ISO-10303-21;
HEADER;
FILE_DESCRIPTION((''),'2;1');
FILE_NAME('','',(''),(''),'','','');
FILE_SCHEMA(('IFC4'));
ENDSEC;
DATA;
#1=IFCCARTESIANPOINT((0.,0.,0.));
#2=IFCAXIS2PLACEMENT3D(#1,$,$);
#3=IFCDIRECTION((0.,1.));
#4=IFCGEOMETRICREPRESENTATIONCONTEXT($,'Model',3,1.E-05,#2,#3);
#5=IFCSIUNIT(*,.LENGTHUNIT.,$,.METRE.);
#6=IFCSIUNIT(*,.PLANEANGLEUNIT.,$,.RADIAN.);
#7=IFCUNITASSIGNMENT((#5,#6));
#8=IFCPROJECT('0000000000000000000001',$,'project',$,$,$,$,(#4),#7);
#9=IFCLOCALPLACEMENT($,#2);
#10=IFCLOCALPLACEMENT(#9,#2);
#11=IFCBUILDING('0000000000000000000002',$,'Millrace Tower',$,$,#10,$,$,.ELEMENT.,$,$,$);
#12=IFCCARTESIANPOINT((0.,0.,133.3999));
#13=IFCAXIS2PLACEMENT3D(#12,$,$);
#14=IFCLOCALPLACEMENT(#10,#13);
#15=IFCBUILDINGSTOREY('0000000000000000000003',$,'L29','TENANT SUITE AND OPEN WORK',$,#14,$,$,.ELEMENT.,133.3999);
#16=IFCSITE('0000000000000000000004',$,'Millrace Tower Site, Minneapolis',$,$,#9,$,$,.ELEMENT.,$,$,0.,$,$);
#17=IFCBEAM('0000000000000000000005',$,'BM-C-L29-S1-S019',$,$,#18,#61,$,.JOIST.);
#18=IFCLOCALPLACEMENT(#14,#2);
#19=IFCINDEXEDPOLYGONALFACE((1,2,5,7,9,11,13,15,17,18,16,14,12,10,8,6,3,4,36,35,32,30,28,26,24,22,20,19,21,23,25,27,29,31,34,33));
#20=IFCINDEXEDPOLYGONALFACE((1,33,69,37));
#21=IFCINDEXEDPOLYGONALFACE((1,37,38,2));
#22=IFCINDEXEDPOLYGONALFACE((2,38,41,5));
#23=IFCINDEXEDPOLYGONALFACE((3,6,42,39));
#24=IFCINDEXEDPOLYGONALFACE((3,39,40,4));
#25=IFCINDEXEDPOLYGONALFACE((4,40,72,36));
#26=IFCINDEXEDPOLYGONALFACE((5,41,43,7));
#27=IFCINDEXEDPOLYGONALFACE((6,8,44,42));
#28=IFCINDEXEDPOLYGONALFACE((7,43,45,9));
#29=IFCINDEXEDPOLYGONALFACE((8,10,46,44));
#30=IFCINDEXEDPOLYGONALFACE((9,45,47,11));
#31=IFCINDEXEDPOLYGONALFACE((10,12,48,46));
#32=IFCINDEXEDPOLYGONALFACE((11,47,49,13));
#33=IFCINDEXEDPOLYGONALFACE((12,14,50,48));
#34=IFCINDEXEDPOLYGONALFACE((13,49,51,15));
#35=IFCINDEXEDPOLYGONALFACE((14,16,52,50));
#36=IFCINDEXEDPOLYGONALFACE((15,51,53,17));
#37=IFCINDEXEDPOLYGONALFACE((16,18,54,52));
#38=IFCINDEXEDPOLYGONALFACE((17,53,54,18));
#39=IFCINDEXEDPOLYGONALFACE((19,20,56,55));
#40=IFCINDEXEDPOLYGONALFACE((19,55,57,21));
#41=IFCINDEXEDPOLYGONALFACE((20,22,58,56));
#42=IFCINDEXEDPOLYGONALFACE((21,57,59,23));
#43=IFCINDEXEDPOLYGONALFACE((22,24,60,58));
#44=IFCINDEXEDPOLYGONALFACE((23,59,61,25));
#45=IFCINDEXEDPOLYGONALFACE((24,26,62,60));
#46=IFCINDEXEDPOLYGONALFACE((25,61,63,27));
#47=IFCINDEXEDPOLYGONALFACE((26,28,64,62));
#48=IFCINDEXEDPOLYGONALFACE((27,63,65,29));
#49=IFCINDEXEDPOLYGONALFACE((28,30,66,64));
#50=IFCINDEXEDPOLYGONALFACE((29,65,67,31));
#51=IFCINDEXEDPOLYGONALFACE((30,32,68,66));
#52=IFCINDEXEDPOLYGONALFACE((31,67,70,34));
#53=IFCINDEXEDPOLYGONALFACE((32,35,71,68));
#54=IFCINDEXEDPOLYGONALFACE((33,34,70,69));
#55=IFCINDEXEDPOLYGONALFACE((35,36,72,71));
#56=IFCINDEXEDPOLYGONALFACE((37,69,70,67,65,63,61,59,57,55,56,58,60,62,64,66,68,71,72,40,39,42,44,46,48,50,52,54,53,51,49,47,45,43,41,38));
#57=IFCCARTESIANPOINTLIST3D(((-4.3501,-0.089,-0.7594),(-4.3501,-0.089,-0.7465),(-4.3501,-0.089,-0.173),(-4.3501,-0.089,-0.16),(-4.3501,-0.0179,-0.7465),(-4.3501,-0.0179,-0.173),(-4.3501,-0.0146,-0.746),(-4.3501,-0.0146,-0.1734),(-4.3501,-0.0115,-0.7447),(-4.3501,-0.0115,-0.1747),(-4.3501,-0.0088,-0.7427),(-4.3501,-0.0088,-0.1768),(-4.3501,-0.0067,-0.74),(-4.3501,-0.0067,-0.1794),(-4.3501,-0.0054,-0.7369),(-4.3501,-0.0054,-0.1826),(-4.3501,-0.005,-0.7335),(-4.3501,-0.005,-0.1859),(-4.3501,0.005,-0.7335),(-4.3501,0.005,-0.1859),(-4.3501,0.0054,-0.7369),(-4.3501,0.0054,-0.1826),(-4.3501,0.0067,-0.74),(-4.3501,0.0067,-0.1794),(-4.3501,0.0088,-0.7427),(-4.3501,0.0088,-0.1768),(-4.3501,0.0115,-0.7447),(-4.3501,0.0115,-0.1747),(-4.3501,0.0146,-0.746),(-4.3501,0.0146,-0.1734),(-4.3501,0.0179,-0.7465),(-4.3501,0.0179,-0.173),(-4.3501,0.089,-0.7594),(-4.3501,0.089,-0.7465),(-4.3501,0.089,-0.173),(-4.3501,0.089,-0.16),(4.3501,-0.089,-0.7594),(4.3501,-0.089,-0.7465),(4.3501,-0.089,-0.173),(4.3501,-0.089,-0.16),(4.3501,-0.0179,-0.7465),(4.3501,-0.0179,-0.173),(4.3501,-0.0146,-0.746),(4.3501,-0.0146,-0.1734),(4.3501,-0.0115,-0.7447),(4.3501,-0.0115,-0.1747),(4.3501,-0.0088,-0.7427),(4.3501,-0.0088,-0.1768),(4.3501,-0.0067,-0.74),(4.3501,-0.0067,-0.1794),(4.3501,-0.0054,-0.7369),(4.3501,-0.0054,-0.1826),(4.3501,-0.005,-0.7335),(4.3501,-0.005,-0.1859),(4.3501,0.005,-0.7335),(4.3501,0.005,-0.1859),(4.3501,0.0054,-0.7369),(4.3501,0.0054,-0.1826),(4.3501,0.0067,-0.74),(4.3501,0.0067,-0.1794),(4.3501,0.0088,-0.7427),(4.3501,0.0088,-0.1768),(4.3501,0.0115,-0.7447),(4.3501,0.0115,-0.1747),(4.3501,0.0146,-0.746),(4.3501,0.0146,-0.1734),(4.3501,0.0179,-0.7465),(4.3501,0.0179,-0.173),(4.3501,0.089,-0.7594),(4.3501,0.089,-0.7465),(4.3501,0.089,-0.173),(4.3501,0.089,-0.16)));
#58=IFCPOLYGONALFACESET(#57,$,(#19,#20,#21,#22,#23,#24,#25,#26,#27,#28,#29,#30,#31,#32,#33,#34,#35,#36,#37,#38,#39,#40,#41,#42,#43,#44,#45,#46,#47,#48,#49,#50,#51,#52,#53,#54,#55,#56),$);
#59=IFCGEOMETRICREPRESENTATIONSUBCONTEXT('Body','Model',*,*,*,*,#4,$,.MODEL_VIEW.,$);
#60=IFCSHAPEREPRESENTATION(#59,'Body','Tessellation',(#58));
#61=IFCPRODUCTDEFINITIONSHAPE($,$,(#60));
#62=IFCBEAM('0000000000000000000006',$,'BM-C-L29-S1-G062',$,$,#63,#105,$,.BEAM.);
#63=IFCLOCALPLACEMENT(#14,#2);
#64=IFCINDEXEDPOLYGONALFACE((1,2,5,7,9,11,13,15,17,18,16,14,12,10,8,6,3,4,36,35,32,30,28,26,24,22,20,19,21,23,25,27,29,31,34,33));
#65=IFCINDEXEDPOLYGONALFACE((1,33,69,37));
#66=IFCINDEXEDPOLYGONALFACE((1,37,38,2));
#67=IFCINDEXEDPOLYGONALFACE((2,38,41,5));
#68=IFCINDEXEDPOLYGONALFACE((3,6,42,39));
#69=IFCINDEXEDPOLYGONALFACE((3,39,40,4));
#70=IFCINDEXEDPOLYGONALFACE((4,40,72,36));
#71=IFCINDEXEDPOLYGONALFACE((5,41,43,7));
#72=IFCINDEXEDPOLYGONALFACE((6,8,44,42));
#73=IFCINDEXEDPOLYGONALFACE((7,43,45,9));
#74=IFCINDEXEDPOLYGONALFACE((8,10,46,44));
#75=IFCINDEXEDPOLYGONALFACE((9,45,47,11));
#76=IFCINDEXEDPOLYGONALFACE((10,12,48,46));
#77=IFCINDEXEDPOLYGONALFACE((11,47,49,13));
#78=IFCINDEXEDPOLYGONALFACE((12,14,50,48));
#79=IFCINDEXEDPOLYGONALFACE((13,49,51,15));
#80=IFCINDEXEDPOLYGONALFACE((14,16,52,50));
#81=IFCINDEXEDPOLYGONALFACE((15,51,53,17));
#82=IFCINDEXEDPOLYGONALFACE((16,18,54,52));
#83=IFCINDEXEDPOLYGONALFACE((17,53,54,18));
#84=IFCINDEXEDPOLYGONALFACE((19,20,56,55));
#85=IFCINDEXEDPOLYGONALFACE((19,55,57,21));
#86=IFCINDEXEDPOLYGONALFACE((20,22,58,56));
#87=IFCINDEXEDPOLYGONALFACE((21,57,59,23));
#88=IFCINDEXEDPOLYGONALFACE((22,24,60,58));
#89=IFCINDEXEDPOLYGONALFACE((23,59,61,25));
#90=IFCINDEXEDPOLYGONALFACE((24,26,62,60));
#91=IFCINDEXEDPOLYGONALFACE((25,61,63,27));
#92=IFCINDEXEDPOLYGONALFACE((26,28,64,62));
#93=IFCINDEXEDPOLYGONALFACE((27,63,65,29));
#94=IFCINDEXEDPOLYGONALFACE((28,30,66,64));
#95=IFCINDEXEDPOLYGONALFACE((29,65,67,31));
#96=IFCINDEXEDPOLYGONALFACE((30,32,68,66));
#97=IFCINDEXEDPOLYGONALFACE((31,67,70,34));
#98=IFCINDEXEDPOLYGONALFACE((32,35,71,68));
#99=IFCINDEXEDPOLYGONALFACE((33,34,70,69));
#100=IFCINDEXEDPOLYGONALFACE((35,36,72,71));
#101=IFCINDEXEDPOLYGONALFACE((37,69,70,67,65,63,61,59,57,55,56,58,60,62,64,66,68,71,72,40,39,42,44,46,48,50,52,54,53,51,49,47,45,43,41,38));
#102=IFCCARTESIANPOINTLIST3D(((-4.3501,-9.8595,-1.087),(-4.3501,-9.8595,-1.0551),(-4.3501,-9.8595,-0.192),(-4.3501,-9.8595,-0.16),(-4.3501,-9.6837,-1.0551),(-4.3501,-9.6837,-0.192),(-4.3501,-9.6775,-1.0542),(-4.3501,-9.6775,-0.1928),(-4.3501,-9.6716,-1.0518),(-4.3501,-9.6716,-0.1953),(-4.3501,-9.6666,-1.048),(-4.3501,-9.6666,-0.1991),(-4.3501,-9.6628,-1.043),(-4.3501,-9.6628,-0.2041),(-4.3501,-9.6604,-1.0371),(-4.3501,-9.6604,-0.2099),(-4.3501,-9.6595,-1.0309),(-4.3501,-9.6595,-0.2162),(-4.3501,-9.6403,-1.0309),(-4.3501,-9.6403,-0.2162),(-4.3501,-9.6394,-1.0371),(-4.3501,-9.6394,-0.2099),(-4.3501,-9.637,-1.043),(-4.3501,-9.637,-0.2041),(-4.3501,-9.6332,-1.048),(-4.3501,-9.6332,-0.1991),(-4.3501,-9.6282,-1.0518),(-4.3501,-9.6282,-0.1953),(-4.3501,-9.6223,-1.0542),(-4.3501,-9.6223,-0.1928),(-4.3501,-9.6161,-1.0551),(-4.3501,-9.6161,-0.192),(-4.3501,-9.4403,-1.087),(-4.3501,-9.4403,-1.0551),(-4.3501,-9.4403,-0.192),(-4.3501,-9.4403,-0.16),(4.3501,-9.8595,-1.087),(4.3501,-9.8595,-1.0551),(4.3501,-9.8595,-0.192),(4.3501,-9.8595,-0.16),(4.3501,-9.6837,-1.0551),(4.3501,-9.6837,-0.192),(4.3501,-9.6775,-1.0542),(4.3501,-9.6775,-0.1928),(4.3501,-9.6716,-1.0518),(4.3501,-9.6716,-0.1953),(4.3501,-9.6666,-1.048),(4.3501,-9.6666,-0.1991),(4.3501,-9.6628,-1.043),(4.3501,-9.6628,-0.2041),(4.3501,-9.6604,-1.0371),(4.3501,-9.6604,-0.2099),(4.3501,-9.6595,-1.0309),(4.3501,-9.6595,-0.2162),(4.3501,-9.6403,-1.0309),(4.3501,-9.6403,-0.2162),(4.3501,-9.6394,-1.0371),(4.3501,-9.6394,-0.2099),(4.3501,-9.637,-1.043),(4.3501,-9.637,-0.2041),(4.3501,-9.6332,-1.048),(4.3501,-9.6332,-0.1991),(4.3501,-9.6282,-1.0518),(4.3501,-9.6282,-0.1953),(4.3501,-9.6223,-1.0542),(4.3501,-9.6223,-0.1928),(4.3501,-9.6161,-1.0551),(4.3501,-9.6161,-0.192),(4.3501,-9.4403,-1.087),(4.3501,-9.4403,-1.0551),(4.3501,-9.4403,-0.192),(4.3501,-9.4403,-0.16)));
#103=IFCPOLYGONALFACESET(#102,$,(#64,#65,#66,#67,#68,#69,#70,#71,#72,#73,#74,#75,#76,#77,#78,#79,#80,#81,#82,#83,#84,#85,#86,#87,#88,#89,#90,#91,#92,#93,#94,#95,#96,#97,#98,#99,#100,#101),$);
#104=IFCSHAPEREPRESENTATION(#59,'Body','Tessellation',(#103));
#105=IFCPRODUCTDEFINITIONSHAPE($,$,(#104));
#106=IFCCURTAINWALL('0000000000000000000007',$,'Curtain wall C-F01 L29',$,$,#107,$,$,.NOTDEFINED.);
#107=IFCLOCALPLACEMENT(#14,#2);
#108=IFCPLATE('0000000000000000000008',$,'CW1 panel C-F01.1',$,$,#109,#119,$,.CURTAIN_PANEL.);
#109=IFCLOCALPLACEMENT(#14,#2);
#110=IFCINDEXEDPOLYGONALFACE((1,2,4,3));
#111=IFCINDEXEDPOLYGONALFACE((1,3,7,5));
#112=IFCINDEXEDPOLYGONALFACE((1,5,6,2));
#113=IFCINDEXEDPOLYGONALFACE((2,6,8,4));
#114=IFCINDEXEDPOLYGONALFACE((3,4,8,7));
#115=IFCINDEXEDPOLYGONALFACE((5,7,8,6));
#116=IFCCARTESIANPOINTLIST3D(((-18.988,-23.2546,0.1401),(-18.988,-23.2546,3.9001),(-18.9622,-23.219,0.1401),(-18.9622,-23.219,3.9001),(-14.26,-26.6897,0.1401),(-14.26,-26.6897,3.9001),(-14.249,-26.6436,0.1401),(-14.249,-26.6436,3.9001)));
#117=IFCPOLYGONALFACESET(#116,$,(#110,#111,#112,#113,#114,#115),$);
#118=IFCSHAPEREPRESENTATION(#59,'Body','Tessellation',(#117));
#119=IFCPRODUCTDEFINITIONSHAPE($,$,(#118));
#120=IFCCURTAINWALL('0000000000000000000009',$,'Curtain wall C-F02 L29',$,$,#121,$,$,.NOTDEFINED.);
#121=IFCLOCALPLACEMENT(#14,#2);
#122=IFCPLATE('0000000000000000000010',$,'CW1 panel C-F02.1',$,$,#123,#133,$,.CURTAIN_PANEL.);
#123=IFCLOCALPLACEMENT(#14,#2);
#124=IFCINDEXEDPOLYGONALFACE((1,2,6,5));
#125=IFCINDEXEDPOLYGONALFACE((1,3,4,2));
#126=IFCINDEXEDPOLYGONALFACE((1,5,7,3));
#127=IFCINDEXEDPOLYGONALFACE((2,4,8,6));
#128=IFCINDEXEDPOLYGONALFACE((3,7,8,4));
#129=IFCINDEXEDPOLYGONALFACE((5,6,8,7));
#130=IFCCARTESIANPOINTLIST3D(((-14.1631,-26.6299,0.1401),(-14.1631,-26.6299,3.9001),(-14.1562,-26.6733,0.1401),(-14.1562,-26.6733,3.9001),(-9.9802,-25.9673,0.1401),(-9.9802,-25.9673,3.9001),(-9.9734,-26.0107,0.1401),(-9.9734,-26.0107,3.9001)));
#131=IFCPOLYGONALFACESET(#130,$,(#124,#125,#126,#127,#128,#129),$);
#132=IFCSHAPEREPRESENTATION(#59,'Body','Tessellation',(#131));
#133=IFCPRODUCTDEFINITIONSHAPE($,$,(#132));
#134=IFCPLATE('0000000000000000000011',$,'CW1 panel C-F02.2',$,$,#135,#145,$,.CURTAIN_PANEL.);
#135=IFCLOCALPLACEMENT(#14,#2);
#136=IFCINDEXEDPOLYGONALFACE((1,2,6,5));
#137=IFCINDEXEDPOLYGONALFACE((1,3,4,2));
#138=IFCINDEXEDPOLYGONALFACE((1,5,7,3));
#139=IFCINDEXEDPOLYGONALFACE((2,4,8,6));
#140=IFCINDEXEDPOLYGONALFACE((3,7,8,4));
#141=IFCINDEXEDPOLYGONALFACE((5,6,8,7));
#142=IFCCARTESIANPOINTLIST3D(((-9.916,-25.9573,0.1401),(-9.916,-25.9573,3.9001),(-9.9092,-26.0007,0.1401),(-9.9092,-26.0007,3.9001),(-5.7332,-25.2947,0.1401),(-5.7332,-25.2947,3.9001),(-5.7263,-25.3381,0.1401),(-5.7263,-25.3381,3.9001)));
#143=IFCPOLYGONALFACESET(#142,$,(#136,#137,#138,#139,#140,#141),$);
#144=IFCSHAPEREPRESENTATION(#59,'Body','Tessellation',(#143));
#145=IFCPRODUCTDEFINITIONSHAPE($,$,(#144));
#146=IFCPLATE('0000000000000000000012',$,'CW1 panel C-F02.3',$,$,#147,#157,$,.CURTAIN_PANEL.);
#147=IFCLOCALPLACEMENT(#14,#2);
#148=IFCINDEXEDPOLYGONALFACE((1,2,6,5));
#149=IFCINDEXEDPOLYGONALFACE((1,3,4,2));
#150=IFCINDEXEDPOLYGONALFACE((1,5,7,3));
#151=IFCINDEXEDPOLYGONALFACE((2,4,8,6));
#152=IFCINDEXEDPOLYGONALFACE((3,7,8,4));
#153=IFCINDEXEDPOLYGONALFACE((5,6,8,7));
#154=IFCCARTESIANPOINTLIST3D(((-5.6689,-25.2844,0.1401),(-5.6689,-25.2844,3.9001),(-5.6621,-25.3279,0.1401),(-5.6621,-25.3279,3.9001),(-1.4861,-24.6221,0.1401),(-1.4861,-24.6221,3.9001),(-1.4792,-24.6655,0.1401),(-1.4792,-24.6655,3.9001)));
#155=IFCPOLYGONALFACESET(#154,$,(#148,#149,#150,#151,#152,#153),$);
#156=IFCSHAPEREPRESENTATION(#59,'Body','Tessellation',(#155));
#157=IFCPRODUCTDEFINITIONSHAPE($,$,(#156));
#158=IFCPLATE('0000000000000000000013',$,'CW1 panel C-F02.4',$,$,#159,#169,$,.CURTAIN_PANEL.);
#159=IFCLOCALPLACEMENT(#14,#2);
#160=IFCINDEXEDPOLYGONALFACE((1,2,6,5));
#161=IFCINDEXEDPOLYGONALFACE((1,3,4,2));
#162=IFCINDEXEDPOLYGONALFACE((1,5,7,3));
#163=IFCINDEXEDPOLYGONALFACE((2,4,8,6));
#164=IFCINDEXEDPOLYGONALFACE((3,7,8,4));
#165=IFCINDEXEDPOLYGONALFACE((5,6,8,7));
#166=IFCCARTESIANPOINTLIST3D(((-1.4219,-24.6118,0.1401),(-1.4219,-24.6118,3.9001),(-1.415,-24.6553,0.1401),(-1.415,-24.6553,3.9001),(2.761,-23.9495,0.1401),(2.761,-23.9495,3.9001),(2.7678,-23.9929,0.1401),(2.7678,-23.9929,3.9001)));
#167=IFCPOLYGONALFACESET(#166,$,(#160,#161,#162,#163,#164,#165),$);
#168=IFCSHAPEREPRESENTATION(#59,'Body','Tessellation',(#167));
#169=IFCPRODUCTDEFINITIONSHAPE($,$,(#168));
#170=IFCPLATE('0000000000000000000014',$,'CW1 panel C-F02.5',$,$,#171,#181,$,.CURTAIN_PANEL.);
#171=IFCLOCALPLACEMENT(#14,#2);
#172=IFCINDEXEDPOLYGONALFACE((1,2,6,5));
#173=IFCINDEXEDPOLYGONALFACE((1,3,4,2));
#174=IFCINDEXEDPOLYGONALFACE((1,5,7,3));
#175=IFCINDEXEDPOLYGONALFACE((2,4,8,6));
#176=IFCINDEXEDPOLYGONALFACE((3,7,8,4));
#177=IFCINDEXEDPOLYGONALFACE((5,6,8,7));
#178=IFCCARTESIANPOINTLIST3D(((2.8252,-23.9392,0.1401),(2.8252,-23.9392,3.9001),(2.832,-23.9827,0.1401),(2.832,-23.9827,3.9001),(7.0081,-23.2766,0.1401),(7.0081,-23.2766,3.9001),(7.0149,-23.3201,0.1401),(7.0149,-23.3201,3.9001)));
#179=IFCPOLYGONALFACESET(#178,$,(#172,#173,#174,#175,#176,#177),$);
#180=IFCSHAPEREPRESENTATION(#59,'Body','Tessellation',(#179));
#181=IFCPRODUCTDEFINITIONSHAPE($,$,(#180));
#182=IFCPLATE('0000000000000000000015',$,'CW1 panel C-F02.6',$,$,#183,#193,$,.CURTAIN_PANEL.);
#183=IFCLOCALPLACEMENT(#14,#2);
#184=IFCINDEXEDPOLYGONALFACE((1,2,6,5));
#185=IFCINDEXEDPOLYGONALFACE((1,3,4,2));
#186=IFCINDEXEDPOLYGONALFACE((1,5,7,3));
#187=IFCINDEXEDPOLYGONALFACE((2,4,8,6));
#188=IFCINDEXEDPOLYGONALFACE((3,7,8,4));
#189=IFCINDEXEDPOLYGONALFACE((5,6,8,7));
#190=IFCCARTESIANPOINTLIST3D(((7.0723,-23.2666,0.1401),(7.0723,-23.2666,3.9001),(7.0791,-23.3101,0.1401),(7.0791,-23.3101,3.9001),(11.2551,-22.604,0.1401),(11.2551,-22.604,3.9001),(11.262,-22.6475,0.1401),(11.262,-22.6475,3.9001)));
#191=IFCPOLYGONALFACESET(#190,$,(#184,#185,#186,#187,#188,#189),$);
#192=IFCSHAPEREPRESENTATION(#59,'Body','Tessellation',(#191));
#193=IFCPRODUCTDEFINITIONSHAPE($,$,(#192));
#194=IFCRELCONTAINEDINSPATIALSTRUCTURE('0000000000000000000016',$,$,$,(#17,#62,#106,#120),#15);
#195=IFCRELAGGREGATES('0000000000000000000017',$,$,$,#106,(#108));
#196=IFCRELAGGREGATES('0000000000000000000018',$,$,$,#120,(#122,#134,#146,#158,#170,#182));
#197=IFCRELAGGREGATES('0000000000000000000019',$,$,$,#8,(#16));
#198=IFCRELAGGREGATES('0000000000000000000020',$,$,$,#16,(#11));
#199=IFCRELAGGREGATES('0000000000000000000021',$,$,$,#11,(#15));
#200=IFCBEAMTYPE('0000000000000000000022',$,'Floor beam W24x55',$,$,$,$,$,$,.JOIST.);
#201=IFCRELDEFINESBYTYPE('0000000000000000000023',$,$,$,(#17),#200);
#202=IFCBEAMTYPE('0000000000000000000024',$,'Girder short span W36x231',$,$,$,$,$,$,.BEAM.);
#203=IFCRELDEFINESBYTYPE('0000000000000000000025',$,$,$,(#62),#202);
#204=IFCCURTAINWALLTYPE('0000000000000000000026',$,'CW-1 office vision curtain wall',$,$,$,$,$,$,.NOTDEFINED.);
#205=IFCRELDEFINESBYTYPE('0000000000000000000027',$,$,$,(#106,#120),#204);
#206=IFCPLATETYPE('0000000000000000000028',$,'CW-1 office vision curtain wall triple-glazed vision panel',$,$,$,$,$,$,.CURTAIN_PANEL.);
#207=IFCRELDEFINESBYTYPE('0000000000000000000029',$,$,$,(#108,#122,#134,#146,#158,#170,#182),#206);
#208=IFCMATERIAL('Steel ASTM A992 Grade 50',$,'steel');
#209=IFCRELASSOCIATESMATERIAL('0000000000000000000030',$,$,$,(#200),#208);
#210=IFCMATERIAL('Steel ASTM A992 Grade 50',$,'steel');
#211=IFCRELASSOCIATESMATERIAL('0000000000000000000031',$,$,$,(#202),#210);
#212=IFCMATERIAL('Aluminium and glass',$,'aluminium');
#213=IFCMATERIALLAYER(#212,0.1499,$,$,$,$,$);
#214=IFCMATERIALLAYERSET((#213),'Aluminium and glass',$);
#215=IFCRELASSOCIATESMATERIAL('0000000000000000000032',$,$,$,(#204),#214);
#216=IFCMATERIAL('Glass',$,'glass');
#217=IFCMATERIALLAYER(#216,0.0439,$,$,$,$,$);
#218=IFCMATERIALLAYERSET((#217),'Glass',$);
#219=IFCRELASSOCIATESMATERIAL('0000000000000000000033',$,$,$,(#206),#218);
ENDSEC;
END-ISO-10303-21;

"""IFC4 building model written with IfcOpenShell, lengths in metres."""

from ifc_helpers import new_model, si_unit, direction, frame, origin, origin_2d, place, context, subcontext, project, spatial, polyline, i_section, outline, extrude, material, layer, layer_set, material_profile, profile_set, type_object, element, aggregate, save


model = new_model("IFC4")

# Units and contexts
model_context = context("Model", 3, precision=1e-05, world=origin(), true_north=direction((0.0, 1.0)))
body_context = subcontext(model_context, "Body", "Model", "MODEL_VIEW")
ifc_project = project(units=[si_unit("LENGTHUNIT", "METRE"), si_unit("PLANEANGLEUNIT", "RADIAN")], contexts=[model_context])

# Site, building, storey
site_placement = place(None, origin())
site = spatial("IfcSite", under=ifc_project, at=site_placement, Name="Millrace Tower Site, Minneapolis", CompositionType="ELEMENT", RefElevation=0.0)
building_placement = place(site_placement, origin())
building = spatial("IfcBuilding", under=site, at=building_placement, Name="Millrace Tower", CompositionType="ELEMENT")
storey_placement = place(building_placement, frame((0.0, 0.0, 133.3999)))
storey = spatial("IfcBuildingStorey", under=building, at=storey_placement, Name="L29", Description="TENANT SUITE AND OPEN WORK", CompositionType="ELEMENT", Elevation=133.3999)

# Beams
ifc_material_1 = material(Name="Steel ASTM A992 Grade 50", Category="steel")
ifc_material_profile_1 = material_profile(ifc_material_1, i_section(OverallWidth=0.178, OverallDepth=0.5994, WebThickness=0.01, FlangeThickness=0.0129, FilletRadius=0.0129, at=origin_2d()))
ifc_profile_set_1 = profile_set([ifc_material_profile_1], Name="Steel ASTM A992 Grade 50")
beam_type_1 = type_object("IfcBeamType", Name="Floor beam W24x55", PredefinedType="JOIST", material=ifc_profile_set_1)
for number, where, z_axis, x_axis, name in (
    (1, (-4.3501, 0.0, -0.4597), (1.0, 0.0, 0.0), (0.0, 1.0, 0.0), "BM-C-L29-S1-S019"),
):
    element("IfcBeam", number, at=place(storey_placement, frame(where, z_axis=z_axis, x_axis=x_axis)), inside=storey, type_object=beam_type_1, Name=name, PredefinedType="JOIST", context=body_context, shape_type="SweptSolid", body=[
        extrude(i_section(OverallWidth=0.178, OverallDepth=0.5994, WebThickness=0.01, FlangeThickness=0.0129, FilletRadius=0.0129, at=origin_2d()), origin(), (0.0, 0.0, 1.0), 8.7002),
    ])
ifc_material_2 = material(Name="Steel ASTM A992 Grade 50", Category="steel")
ifc_material_profile_2 = material_profile(ifc_material_2, i_section(OverallWidth=0.4192, OverallDepth=0.927, WebThickness=0.0193, FlangeThickness=0.032, FilletRadius=0.0242, at=origin_2d()))
ifc_profile_set_2 = profile_set([ifc_material_profile_2], Name="Steel ASTM A992 Grade 50")
beam_type_2 = type_object("IfcBeamType", Name="Girder short span W36x231", PredefinedType="BEAM", material=ifc_profile_set_2)
beam_1_placement = place(storey_placement, frame((-4.3501, -9.6499, -0.6235), z_axis=(1.0, 0.0, 0.0), x_axis=(0.0, 1.0, 0.0)))
element("IfcBeam", 2, at=beam_1_placement, inside=storey, type_object=beam_type_2, Name="BM-C-L29-S1-G062", PredefinedType="BEAM", context=body_context, shape_type="SweptSolid", body=[
    extrude(i_section(OverallWidth=0.4192, OverallDepth=0.927, WebThickness=0.0193, FlangeThickness=0.032, FilletRadius=0.0242, at=origin_2d()), origin(), (0.0, 0.0, 1.0), 8.7002),
])

# Curtain wall, plate
ifc_material_3 = material(Name="Aluminium and glass", Category="aluminium")
ifc_layer_1 = layer(ifc_material_3, 0.1499)
ifc_layer_set_1 = layer_set([ifc_layer_1], Name="Aluminium and glass")
curtain_wall_type = type_object("IfcCurtainWallType", Name="CW-1 office vision curtain wall", PredefinedType="NOTDEFINED", material=ifc_layer_set_1)
placement_1 = place(storey_placement, origin())
curtain_wall_1 = element("IfcCurtainWall", 3, at=placement_1, inside=storey, type_object=curtain_wall_type, Name="Curtain wall C-F01 L29", PredefinedType="NOTDEFINED")
ifc_material_4 = material(Name="Glass", Category="glass")
ifc_layer_2 = layer(ifc_material_4, 0.0439)
ifc_layer_set_2 = layer_set([ifc_layer_2], Name="Glass")
plate_type = type_object("IfcPlateType", Name="CW-1 office vision curtain wall triple-glazed vision panel", PredefinedType="CURTAIN_PANEL", material=ifc_layer_set_2)
placement_2 = place(storey_placement, frame((0.0, 0.0, 0.1401)))
plate_1 = element("IfcPlate", 4, at=placement_2, type_object=plate_type, Name="CW1 panel C-F01.1", PredefinedType="CURTAIN_PANEL", context=body_context, shape_type="SweptSolid", body=[
    extrude(outline(polyline([(-18.988, -23.2546), (-14.26, -26.6897), (-14.249, -26.6436), (-18.9622, -23.219), (-18.988, -23.2546)])), origin(), (0.0, 0.0, 1.0), 3.76),
])
aggregate(curtain_wall_1, [plate_1])

# Curtain wall, plates
curtain_wall_2 = element("IfcCurtainWall", 5, at=placement_1, inside=storey, type_object=curtain_wall_type, Name="Curtain wall C-F02 L29", PredefinedType="NOTDEFINED")
plate_2 = element("IfcPlate", 6, at=placement_2, type_object=plate_type, Name="CW1 panel C-F02.1", PredefinedType="CURTAIN_PANEL", context=body_context, shape_type="SweptSolid", body=[
    extrude(outline(polyline([(-14.1562, -26.6733), (-9.9734, -26.0107), (-9.9802, -25.9673), (-14.1631, -26.6299), (-14.1562, -26.6733)])), origin(), (0.0, 0.0, 1.0), 3.76),
])
plate_3 = element("IfcPlate", 7, at=placement_2, type_object=plate_type, Name="CW1 panel C-F02.2", PredefinedType="CURTAIN_PANEL", context=body_context, shape_type="SweptSolid", body=[
    extrude(outline(polyline([(-9.9092, -26.0007), (-5.7263, -25.3381), (-5.7332, -25.2947), (-9.916, -25.9573), (-9.9092, -26.0007)])), origin(), (0.0, 0.0, 1.0), 3.76),
])
plate_4 = element("IfcPlate", 8, at=placement_2, type_object=plate_type, Name="CW1 panel C-F02.3", PredefinedType="CURTAIN_PANEL", context=body_context, shape_type="SweptSolid", body=[
    extrude(outline(polyline([(-5.6621, -25.3279), (-1.4792, -24.6655), (-1.4861, -24.6221), (-5.6689, -25.2844), (-5.6621, -25.3279)])), origin(), (0.0, 0.0, 1.0), 3.76),
])
plate_5 = element("IfcPlate", 9, at=placement_2, type_object=plate_type, Name="CW1 panel C-F02.4", PredefinedType="CURTAIN_PANEL", context=body_context, shape_type="SweptSolid", body=[
    extrude(outline(polyline([(-1.415, -24.6553), (2.7678, -23.9929), (2.761, -23.9495), (-1.4219, -24.6118), (-1.415, -24.6553)])), origin(), (0.0, 0.0, 1.0), 3.76),
])
plate_6 = element("IfcPlate", 10, at=placement_2, type_object=plate_type, Name="CW1 panel C-F02.5", PredefinedType="CURTAIN_PANEL", context=body_context, shape_type="SweptSolid", body=[
    extrude(outline(polyline([(2.832, -23.9827), (7.0149, -23.3201), (7.0081, -23.2766), (2.8252, -23.9392), (2.832, -23.9827)])), origin(), (0.0, 0.0, 1.0), 3.76),
])
plate_7 = element("IfcPlate", 11, at=placement_2, type_object=plate_type, Name="CW1 panel C-F02.6", PredefinedType="CURTAIN_PANEL", context=body_context, shape_type="SweptSolid", body=[
    extrude(outline(polyline([(7.0791, -23.3101), (11.262, -22.6475), (11.2551, -22.604), (7.0723, -23.2666), (7.0791, -23.3101)])), origin(), (0.0, 0.0, 1.0), 3.76),
])
aggregate(curtain_wall_2, [plate_2, plate_3, plate_4, plate_5, plate_6, plate_7])

save(model, "model.ifc")
